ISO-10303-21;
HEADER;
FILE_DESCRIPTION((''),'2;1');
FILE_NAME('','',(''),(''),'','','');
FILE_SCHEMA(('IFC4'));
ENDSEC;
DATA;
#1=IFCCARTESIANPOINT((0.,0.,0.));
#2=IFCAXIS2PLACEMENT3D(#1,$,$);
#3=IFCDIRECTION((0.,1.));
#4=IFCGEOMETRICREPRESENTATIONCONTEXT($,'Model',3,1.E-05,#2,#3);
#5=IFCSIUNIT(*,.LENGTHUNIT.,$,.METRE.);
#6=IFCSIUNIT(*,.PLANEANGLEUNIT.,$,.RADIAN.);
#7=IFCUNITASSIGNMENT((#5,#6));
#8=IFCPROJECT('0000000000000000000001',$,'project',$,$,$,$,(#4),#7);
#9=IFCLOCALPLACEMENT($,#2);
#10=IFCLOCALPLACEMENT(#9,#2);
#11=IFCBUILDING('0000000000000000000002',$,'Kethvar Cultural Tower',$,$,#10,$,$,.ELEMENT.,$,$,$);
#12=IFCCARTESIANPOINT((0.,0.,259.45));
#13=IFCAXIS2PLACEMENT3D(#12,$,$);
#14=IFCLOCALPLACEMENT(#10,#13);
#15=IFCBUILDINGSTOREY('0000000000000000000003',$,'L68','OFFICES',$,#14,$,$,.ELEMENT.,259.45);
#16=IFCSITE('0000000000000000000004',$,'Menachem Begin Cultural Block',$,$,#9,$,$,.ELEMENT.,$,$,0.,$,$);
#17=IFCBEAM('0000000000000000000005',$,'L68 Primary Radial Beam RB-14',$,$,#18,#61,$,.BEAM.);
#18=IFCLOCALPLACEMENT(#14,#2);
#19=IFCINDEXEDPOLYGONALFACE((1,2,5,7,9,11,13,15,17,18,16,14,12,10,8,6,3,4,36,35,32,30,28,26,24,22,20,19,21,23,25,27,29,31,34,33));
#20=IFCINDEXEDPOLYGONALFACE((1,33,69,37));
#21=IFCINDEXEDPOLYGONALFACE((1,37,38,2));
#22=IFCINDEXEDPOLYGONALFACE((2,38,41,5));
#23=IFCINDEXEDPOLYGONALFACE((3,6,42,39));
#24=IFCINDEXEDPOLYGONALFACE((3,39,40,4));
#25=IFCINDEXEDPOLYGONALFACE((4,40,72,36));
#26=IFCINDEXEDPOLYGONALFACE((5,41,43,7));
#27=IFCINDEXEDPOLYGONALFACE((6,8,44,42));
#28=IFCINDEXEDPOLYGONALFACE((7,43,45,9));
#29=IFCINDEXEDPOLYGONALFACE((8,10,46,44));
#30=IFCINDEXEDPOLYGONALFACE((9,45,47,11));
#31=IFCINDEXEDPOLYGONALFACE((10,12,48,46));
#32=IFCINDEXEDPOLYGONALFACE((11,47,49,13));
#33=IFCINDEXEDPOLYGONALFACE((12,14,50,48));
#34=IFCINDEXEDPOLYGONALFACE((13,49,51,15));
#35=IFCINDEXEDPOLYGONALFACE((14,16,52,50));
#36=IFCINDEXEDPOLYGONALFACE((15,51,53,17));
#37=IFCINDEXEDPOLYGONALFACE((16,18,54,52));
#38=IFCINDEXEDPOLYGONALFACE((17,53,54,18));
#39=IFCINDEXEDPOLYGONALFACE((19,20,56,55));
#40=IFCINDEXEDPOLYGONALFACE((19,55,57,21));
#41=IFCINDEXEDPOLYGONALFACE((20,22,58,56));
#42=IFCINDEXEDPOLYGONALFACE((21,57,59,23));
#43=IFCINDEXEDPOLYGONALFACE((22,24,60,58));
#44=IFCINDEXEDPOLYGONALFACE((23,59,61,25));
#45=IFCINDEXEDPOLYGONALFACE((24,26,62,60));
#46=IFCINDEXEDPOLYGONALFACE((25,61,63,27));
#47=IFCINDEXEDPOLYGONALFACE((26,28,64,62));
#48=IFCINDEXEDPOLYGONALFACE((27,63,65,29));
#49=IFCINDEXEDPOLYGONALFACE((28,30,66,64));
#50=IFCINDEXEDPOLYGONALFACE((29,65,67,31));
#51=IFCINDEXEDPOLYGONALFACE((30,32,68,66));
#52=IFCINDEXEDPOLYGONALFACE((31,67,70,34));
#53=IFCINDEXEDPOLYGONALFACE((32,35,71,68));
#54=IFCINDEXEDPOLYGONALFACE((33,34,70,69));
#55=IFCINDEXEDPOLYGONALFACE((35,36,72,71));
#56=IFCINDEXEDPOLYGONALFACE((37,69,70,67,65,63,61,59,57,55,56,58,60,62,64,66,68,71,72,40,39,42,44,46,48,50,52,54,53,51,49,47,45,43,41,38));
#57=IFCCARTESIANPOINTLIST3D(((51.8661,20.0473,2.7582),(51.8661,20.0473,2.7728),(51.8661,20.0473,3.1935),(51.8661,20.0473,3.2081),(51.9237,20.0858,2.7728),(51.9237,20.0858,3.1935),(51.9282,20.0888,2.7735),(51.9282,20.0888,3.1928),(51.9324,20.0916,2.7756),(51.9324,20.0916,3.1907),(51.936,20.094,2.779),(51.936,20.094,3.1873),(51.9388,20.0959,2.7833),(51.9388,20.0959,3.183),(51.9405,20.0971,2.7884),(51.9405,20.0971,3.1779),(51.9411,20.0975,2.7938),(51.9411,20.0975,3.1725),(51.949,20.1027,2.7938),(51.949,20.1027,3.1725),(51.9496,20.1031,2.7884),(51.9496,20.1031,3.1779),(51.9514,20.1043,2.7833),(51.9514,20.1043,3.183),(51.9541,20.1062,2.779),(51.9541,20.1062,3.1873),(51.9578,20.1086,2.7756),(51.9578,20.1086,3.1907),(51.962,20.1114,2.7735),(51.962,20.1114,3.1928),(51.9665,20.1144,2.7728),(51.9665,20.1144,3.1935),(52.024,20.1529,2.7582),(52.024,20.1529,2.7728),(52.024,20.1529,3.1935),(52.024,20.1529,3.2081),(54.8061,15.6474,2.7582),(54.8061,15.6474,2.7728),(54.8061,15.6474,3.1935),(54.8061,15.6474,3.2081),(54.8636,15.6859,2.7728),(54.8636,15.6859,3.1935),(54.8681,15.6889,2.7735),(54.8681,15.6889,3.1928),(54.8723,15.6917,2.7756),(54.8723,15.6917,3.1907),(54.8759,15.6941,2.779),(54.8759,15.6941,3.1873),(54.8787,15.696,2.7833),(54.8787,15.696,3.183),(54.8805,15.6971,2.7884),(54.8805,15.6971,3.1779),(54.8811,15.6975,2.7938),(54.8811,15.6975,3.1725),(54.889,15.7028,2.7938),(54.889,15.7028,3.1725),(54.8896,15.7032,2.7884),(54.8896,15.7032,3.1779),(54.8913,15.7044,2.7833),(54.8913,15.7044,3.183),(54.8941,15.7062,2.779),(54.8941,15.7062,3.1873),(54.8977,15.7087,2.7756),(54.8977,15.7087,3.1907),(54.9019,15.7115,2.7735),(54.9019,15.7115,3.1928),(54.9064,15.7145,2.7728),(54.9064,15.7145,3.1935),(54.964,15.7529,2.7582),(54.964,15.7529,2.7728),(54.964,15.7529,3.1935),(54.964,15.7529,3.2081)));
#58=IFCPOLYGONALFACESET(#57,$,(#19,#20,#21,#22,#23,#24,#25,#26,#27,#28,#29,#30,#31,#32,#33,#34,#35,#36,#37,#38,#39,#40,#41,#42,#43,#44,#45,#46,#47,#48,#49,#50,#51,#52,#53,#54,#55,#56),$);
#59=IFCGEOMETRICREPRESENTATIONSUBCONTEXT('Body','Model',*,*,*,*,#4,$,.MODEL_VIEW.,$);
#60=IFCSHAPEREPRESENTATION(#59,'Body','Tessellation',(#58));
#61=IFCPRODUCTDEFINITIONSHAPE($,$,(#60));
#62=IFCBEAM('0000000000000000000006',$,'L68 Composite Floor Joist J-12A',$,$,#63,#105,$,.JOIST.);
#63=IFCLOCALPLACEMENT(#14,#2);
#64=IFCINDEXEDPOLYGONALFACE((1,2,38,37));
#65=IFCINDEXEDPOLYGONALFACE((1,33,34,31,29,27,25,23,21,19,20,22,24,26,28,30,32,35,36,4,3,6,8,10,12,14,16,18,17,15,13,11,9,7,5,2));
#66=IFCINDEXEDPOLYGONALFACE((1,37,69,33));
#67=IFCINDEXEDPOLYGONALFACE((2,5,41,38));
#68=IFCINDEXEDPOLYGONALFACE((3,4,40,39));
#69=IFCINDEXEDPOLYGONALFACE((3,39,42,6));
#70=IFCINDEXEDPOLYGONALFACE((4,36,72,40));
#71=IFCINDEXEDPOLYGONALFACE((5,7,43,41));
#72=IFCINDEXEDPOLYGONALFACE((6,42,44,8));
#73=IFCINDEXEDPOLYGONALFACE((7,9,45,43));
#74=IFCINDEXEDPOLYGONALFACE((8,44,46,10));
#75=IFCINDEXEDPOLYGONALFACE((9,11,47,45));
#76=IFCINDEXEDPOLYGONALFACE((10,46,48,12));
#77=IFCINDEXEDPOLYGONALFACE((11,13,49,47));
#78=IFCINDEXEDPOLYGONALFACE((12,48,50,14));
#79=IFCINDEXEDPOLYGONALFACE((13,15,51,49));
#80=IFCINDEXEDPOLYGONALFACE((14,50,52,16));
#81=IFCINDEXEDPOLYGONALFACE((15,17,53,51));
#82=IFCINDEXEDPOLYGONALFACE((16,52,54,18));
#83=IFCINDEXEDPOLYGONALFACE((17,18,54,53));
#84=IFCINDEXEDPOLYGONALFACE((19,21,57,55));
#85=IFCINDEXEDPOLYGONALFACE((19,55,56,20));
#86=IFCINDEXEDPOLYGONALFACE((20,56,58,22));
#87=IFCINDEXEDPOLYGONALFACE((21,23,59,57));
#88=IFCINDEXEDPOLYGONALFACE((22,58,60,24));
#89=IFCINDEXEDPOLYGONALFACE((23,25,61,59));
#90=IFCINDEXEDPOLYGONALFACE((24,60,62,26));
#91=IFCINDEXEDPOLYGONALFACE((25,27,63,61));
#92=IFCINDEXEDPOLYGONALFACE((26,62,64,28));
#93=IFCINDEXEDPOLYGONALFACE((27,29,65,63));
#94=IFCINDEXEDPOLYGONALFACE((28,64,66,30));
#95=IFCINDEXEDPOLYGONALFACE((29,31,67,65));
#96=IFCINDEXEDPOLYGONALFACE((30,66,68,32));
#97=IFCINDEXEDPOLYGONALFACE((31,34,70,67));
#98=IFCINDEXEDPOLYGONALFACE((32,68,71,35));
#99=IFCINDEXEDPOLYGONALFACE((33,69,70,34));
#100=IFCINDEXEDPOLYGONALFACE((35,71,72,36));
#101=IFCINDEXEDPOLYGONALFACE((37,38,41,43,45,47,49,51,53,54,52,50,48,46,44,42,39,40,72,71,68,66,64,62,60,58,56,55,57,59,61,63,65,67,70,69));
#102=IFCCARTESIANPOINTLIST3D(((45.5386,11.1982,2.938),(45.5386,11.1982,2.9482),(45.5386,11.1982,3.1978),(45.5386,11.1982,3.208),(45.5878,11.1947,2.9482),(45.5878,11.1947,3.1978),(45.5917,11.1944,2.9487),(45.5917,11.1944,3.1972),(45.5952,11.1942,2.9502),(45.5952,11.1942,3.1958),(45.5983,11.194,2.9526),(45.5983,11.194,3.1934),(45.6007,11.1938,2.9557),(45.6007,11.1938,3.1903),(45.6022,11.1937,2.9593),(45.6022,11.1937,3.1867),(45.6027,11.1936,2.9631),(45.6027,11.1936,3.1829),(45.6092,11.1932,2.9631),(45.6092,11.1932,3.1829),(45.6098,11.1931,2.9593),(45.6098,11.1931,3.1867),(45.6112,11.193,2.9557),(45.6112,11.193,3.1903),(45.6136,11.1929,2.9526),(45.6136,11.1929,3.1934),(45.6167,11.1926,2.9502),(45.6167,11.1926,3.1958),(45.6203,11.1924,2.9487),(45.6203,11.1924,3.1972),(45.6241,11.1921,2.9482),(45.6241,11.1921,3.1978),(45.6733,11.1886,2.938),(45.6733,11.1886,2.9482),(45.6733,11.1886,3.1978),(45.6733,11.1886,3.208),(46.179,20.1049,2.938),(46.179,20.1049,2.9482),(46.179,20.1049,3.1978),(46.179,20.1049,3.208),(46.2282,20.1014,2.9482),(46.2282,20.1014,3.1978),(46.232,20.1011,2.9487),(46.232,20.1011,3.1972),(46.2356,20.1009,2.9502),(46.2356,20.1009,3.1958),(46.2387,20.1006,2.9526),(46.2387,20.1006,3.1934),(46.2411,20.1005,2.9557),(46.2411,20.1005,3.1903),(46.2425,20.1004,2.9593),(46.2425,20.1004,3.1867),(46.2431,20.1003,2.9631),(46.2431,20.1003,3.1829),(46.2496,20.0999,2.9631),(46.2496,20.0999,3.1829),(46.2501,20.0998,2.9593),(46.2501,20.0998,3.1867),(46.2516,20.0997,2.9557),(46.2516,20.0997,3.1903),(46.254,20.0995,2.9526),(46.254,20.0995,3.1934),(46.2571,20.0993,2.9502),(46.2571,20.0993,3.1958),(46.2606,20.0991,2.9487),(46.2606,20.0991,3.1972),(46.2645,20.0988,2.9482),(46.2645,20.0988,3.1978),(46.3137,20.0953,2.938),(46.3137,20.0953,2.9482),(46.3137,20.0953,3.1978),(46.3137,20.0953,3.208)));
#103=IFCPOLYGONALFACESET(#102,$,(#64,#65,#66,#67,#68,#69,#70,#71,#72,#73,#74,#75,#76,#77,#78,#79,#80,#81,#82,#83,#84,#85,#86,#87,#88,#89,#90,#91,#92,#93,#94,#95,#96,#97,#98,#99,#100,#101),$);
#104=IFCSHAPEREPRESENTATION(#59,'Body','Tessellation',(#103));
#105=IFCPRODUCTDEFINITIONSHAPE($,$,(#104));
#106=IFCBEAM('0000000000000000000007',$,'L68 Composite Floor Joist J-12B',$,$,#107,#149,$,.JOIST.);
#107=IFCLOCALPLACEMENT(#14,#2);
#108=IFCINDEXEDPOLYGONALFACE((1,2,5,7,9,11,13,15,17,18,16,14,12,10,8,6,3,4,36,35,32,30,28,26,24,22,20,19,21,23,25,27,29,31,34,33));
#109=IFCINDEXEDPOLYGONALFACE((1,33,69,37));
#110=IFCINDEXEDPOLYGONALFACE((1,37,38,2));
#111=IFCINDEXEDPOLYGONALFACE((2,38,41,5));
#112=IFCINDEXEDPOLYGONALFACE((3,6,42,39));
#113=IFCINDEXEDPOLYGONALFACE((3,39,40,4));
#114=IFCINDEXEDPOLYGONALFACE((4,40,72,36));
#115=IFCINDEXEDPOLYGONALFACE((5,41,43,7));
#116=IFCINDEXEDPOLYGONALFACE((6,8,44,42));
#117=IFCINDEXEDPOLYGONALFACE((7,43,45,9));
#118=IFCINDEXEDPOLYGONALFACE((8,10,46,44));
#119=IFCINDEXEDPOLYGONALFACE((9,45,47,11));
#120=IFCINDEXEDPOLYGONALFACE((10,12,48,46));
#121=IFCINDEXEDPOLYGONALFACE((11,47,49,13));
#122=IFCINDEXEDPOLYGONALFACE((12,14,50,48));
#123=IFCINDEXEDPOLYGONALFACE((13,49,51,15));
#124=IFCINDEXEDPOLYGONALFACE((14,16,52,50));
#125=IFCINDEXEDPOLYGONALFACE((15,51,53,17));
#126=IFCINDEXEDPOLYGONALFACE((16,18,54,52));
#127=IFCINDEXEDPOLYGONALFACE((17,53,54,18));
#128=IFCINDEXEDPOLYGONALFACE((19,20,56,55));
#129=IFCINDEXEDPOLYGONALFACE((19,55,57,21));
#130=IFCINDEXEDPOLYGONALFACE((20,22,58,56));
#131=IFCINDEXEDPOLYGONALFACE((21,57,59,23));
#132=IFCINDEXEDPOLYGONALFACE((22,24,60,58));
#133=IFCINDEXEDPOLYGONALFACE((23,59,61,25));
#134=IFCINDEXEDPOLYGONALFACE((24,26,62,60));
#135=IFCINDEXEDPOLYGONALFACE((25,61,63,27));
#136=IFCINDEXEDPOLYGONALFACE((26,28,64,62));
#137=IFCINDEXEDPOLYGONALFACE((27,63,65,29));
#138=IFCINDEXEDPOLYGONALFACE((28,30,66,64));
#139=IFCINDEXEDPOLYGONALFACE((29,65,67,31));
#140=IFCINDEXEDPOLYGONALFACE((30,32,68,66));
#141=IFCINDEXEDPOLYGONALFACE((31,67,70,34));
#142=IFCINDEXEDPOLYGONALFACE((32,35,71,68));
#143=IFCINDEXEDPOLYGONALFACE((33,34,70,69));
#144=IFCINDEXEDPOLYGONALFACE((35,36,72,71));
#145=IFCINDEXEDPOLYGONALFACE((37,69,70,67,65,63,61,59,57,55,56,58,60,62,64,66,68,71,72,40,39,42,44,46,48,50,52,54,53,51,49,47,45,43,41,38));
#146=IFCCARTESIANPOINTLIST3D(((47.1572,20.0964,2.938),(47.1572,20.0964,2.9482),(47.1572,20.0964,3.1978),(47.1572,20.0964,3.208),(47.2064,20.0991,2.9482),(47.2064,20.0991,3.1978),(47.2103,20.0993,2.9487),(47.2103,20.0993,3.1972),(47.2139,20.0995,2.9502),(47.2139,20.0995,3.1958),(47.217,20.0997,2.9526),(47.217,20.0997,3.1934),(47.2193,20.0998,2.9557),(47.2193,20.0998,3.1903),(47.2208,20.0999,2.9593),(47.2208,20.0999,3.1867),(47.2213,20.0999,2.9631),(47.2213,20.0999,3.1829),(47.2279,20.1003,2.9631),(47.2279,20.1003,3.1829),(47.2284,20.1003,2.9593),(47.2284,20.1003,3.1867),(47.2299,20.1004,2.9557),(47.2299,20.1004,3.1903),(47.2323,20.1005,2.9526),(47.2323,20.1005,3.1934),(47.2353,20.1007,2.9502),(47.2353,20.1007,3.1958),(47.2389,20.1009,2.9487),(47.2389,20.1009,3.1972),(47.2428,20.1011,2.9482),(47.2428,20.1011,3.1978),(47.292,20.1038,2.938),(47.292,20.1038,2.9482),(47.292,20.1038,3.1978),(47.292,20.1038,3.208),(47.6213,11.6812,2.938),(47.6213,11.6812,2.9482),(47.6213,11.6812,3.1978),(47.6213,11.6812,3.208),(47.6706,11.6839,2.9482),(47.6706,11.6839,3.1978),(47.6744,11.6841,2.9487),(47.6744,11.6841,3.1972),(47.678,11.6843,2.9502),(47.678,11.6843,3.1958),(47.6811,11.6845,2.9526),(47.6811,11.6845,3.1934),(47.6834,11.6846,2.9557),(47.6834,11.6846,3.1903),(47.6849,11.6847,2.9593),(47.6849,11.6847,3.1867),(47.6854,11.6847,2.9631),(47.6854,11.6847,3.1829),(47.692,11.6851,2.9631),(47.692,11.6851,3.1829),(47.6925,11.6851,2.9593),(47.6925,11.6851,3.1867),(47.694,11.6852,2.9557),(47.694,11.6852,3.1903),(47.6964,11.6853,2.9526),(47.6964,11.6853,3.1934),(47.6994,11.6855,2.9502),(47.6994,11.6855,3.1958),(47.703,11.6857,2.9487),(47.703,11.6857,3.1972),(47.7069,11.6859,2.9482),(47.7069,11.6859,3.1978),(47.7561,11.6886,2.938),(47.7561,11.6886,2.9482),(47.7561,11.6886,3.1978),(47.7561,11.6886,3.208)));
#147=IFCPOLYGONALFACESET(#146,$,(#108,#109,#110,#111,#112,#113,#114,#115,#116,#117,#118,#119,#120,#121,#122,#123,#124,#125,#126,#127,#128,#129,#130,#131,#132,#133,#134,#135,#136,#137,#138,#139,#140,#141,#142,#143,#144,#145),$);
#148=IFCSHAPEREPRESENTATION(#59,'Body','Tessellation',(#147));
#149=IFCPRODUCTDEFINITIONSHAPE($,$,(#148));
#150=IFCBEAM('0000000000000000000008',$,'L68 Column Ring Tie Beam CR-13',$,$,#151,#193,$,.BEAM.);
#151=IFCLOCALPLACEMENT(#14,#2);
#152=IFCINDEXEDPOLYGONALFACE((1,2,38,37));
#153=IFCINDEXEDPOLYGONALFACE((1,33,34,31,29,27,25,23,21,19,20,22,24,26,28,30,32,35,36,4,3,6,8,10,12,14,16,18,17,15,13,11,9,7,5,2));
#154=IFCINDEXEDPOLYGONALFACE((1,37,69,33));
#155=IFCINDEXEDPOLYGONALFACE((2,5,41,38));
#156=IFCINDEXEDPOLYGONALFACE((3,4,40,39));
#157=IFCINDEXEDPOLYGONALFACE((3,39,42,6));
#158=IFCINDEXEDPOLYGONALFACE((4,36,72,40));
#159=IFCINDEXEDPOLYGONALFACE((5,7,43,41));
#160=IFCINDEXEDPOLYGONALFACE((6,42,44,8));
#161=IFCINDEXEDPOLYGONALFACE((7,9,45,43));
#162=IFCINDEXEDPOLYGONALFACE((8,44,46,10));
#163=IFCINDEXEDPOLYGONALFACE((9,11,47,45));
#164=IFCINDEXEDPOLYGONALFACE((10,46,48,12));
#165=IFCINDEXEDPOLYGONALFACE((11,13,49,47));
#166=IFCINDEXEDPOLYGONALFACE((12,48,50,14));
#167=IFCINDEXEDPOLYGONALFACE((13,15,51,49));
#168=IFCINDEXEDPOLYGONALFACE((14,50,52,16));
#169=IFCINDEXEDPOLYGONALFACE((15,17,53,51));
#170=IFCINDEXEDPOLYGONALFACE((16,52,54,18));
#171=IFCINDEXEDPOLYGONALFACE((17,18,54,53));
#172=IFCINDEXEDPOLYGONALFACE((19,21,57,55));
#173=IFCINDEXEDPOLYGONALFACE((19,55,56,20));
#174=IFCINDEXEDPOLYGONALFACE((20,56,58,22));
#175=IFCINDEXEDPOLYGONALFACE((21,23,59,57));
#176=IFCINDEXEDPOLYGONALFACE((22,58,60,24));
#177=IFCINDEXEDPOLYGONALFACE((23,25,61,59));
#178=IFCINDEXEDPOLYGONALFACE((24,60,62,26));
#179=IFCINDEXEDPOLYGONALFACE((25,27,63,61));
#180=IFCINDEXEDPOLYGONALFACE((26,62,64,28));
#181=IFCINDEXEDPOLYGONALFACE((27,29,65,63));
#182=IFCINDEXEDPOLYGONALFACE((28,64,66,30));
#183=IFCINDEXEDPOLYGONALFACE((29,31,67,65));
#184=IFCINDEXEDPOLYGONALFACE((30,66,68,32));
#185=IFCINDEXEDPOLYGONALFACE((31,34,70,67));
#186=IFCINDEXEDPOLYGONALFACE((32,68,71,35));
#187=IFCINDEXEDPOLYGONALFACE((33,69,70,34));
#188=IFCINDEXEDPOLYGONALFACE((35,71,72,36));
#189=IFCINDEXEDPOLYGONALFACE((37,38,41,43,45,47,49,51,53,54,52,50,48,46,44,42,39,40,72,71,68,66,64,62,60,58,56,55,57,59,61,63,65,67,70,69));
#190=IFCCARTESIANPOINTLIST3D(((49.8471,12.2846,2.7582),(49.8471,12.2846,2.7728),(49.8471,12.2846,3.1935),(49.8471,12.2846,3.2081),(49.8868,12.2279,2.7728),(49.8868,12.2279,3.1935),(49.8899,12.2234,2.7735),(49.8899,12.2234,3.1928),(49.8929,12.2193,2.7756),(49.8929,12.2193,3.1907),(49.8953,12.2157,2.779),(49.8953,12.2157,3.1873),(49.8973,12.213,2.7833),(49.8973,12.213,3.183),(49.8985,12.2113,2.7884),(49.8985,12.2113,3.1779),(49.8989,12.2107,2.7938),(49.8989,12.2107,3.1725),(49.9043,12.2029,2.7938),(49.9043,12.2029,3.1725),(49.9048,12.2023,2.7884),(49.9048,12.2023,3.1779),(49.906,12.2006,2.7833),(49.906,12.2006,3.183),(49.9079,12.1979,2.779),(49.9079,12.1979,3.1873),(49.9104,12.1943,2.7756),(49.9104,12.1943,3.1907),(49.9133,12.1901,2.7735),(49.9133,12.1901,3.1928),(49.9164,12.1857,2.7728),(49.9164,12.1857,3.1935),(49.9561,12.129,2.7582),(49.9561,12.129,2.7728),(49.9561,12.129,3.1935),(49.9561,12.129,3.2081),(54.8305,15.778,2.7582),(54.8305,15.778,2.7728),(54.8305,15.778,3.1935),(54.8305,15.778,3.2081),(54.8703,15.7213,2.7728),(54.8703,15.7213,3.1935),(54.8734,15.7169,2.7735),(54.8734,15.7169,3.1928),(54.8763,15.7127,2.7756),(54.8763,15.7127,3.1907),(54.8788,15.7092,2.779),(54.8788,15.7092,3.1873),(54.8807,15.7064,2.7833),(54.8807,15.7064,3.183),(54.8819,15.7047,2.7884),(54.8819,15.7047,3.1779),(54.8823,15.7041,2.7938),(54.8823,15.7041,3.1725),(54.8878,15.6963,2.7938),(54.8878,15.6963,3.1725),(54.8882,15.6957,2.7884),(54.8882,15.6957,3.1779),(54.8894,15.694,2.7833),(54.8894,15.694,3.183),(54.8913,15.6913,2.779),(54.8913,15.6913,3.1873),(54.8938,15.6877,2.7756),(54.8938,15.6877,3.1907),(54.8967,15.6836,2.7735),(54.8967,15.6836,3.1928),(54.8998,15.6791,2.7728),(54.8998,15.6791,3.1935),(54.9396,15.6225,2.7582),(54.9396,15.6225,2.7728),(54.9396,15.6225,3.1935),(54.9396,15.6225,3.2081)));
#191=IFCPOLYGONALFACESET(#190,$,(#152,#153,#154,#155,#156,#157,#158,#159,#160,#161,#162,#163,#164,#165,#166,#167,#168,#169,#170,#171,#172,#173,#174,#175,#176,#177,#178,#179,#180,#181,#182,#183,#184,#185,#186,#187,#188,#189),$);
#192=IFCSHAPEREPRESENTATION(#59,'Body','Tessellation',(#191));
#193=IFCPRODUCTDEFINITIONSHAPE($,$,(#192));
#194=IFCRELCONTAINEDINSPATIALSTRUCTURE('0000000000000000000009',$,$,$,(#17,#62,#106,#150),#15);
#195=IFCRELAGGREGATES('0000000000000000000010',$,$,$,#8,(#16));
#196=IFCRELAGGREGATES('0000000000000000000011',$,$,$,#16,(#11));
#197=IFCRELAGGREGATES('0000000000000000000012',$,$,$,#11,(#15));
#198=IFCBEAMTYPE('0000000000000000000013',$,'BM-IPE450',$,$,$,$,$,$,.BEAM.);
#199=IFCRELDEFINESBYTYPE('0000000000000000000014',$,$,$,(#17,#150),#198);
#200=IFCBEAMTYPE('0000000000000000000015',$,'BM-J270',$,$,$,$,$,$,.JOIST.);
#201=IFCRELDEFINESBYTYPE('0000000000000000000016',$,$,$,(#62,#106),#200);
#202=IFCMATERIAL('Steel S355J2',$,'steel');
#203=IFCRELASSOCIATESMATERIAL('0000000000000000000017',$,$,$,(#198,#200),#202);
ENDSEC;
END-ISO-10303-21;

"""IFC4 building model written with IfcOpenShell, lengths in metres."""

from ifc_helpers import new_model, si_unit, direction, frame, origin, origin_2d, place, context, subcontext, project, spatial, i_section, extrude, source, transform, mapped, material, material_profile, profile_set, type_object, element, save


model = new_model("IFC4")

# Units and contexts
model_context = context("Model", 3, precision=1e-05, world=origin(), true_north=direction((0.0, 1.0)))
body_context = subcontext(model_context, "Body", "Model", "MODEL_VIEW")
ifc_project = project(units=[si_unit("LENGTHUNIT", "METRE"), si_unit("PLANEANGLEUNIT", "RADIAN")], contexts=[model_context])

# Site, building, storey
site_placement = place(None, origin())
site = spatial("IfcSite", under=ifc_project, at=site_placement, Name="Menachem Begin Cultural Block", CompositionType="ELEMENT", RefElevation=0.0)
building_placement = place(site_placement, origin())
building = spatial("IfcBuilding", under=site, at=building_placement, Name="Kethvar Cultural Tower", CompositionType="ELEMENT")
storey_placement = place(building_placement, frame((0.0, 0.0, 259.45)))
storey = spatial("IfcBuildingStorey", under=building, at=storey_placement, Name="L68", Description="OFFICES", CompositionType="ELEMENT", Elevation=259.45)

# Beams
ifc_material_1 = material(Name="Steel S355J2", Category="steel")
ifc_material_profile_1 = material_profile(ifc_material_1, i_section(OverallWidth=0.1899, OverallDepth=0.45, WebThickness=0.0095, FlangeThickness=0.0146, FilletRadius=0.021, at=origin_2d()), Name="Steel S355J2 — IPE450")
ifc_profile_set_1 = profile_set([ifc_material_profile_1], Name="Steel S355J2 — IPE450")
beam_type_1 = type_object("IfcBeamType", Name="BM-IPE450", PredefinedType="BEAM", material=ifc_profile_set_1)
shared_shape_1 = source(origin(), body_context, "Body", "SweptSolid", [
    extrude(i_section(OverallWidth=0.1899, OverallDepth=0.45, WebThickness=0.0095, FlangeThickness=0.0146, FilletRadius=0.021, at=origin_2d()), origin(), (0.0, 0.0, 1.0), 5.2917),
])
beam_1_placement = place(storey_placement, frame((51.9451, 20.1001, 2.9832), z_axis=(0.555573, -0.831468, 0.0), x_axis=(0.831468, 0.555573, 0.0)))
element("IfcBeam", 1, at=beam_1_placement, inside=storey, type_object=beam_type_1, Name="L68 Primary Radial Beam RB-14", PredefinedType="BEAM", context=body_context, shape_type="MappedRepresentation", body=[
    mapped(shared_shape_1, transform((0.0, 0.0, 0.0), scale=1.0)),
])
ifc_material_profile_2 = material_profile(ifc_material_1, i_section(OverallWidth=0.135, OverallDepth=0.27, WebThickness=0.0066, FlangeThickness=0.0103, FilletRadius=0.0149, at=origin_2d()), Name="Steel S355J2 — IPE270")
ifc_profile_set_2 = profile_set([ifc_material_profile_2], Name="Steel S355J2 — IPE270")
beam_type_2 = type_object("IfcBeamType", Name="BM-J270", PredefinedType="JOIST", material=ifc_profile_set_2)
shared_shape_2 = source(origin(), body_context, "Body", "SweptSolid", [
    extrude(i_section(OverallWidth=0.135, OverallDepth=0.27, WebThickness=0.0066, FlangeThickness=0.0103, FilletRadius=0.0149, at=origin_2d()), origin(), (0.0, 0.0, 1.0), 8.9297),
])
beam_2_placement = place(storey_placement, frame((46.2463, 20.1001, 3.073), z_axis=(-0.071713, -0.997425, 0.0), x_axis=(0.997425, -0.071713, 0.0)))
element("IfcBeam", 2, at=beam_2_placement, inside=storey, type_object=beam_type_2, Name="L68 Composite Floor Joist J-12A", PredefinedType="JOIST", context=body_context, shape_type="MappedRepresentation", body=[
    mapped(shared_shape_2, transform((0.0, 0.0, 0.0), scale=1.0)),
])
shared_shape_3 = source(origin(), body_context, "Body", "SweptSolid", [
    extrude(i_section(OverallWidth=0.135, OverallDepth=0.27, WebThickness=0.0066, FlangeThickness=0.0103, FilletRadius=0.0149, at=origin_2d()), origin(), (0.0, 0.0, 1.0), 8.428),
])
beam_3_placement = place(storey_placement, frame((47.2246, 20.1001, 3.073), z_axis=(0.055067, -0.998483, 0.0), x_axis=(0.998483, 0.055067, 0.0)))
element("IfcBeam", 3, at=beam_3_placement, inside=storey, type_object=beam_type_2, Name="L68 Composite Floor Joist J-12B", PredefinedType="JOIST", context=body_context, shape_type="MappedRepresentation", body=[
    mapped(shared_shape_3, transform((0.0, 0.0, 0.0), scale=1.0)),
])
shared_shape_4 = source(origin(), body_context, "Body", "SweptSolid", [
    extrude(i_section(OverallWidth=0.1899, OverallDepth=0.45, WebThickness=0.0095, FlangeThickness=0.0146, FilletRadius=0.021, at=origin_2d()), origin(), (0.0, 0.0, 1.0), 6.0859),
])
beam_4_placement = place(storey_placement, frame((49.9016, 12.2068, 2.9832), z_axis=(0.818843, 0.574017, 0.0), x_axis=(-0.574017, 0.818843, 0.0)))
element("IfcBeam", 4, at=beam_4_placement, inside=storey, type_object=beam_type_1, Name="L68 Column Ring Tie Beam CR-13", PredefinedType="BEAM", context=body_context, shape_type="MappedRepresentation", body=[
    mapped(shared_shape_4, transform((0.0, 0.0, 0.0), scale=1.0)),
])

save(model, "model.ifc")
